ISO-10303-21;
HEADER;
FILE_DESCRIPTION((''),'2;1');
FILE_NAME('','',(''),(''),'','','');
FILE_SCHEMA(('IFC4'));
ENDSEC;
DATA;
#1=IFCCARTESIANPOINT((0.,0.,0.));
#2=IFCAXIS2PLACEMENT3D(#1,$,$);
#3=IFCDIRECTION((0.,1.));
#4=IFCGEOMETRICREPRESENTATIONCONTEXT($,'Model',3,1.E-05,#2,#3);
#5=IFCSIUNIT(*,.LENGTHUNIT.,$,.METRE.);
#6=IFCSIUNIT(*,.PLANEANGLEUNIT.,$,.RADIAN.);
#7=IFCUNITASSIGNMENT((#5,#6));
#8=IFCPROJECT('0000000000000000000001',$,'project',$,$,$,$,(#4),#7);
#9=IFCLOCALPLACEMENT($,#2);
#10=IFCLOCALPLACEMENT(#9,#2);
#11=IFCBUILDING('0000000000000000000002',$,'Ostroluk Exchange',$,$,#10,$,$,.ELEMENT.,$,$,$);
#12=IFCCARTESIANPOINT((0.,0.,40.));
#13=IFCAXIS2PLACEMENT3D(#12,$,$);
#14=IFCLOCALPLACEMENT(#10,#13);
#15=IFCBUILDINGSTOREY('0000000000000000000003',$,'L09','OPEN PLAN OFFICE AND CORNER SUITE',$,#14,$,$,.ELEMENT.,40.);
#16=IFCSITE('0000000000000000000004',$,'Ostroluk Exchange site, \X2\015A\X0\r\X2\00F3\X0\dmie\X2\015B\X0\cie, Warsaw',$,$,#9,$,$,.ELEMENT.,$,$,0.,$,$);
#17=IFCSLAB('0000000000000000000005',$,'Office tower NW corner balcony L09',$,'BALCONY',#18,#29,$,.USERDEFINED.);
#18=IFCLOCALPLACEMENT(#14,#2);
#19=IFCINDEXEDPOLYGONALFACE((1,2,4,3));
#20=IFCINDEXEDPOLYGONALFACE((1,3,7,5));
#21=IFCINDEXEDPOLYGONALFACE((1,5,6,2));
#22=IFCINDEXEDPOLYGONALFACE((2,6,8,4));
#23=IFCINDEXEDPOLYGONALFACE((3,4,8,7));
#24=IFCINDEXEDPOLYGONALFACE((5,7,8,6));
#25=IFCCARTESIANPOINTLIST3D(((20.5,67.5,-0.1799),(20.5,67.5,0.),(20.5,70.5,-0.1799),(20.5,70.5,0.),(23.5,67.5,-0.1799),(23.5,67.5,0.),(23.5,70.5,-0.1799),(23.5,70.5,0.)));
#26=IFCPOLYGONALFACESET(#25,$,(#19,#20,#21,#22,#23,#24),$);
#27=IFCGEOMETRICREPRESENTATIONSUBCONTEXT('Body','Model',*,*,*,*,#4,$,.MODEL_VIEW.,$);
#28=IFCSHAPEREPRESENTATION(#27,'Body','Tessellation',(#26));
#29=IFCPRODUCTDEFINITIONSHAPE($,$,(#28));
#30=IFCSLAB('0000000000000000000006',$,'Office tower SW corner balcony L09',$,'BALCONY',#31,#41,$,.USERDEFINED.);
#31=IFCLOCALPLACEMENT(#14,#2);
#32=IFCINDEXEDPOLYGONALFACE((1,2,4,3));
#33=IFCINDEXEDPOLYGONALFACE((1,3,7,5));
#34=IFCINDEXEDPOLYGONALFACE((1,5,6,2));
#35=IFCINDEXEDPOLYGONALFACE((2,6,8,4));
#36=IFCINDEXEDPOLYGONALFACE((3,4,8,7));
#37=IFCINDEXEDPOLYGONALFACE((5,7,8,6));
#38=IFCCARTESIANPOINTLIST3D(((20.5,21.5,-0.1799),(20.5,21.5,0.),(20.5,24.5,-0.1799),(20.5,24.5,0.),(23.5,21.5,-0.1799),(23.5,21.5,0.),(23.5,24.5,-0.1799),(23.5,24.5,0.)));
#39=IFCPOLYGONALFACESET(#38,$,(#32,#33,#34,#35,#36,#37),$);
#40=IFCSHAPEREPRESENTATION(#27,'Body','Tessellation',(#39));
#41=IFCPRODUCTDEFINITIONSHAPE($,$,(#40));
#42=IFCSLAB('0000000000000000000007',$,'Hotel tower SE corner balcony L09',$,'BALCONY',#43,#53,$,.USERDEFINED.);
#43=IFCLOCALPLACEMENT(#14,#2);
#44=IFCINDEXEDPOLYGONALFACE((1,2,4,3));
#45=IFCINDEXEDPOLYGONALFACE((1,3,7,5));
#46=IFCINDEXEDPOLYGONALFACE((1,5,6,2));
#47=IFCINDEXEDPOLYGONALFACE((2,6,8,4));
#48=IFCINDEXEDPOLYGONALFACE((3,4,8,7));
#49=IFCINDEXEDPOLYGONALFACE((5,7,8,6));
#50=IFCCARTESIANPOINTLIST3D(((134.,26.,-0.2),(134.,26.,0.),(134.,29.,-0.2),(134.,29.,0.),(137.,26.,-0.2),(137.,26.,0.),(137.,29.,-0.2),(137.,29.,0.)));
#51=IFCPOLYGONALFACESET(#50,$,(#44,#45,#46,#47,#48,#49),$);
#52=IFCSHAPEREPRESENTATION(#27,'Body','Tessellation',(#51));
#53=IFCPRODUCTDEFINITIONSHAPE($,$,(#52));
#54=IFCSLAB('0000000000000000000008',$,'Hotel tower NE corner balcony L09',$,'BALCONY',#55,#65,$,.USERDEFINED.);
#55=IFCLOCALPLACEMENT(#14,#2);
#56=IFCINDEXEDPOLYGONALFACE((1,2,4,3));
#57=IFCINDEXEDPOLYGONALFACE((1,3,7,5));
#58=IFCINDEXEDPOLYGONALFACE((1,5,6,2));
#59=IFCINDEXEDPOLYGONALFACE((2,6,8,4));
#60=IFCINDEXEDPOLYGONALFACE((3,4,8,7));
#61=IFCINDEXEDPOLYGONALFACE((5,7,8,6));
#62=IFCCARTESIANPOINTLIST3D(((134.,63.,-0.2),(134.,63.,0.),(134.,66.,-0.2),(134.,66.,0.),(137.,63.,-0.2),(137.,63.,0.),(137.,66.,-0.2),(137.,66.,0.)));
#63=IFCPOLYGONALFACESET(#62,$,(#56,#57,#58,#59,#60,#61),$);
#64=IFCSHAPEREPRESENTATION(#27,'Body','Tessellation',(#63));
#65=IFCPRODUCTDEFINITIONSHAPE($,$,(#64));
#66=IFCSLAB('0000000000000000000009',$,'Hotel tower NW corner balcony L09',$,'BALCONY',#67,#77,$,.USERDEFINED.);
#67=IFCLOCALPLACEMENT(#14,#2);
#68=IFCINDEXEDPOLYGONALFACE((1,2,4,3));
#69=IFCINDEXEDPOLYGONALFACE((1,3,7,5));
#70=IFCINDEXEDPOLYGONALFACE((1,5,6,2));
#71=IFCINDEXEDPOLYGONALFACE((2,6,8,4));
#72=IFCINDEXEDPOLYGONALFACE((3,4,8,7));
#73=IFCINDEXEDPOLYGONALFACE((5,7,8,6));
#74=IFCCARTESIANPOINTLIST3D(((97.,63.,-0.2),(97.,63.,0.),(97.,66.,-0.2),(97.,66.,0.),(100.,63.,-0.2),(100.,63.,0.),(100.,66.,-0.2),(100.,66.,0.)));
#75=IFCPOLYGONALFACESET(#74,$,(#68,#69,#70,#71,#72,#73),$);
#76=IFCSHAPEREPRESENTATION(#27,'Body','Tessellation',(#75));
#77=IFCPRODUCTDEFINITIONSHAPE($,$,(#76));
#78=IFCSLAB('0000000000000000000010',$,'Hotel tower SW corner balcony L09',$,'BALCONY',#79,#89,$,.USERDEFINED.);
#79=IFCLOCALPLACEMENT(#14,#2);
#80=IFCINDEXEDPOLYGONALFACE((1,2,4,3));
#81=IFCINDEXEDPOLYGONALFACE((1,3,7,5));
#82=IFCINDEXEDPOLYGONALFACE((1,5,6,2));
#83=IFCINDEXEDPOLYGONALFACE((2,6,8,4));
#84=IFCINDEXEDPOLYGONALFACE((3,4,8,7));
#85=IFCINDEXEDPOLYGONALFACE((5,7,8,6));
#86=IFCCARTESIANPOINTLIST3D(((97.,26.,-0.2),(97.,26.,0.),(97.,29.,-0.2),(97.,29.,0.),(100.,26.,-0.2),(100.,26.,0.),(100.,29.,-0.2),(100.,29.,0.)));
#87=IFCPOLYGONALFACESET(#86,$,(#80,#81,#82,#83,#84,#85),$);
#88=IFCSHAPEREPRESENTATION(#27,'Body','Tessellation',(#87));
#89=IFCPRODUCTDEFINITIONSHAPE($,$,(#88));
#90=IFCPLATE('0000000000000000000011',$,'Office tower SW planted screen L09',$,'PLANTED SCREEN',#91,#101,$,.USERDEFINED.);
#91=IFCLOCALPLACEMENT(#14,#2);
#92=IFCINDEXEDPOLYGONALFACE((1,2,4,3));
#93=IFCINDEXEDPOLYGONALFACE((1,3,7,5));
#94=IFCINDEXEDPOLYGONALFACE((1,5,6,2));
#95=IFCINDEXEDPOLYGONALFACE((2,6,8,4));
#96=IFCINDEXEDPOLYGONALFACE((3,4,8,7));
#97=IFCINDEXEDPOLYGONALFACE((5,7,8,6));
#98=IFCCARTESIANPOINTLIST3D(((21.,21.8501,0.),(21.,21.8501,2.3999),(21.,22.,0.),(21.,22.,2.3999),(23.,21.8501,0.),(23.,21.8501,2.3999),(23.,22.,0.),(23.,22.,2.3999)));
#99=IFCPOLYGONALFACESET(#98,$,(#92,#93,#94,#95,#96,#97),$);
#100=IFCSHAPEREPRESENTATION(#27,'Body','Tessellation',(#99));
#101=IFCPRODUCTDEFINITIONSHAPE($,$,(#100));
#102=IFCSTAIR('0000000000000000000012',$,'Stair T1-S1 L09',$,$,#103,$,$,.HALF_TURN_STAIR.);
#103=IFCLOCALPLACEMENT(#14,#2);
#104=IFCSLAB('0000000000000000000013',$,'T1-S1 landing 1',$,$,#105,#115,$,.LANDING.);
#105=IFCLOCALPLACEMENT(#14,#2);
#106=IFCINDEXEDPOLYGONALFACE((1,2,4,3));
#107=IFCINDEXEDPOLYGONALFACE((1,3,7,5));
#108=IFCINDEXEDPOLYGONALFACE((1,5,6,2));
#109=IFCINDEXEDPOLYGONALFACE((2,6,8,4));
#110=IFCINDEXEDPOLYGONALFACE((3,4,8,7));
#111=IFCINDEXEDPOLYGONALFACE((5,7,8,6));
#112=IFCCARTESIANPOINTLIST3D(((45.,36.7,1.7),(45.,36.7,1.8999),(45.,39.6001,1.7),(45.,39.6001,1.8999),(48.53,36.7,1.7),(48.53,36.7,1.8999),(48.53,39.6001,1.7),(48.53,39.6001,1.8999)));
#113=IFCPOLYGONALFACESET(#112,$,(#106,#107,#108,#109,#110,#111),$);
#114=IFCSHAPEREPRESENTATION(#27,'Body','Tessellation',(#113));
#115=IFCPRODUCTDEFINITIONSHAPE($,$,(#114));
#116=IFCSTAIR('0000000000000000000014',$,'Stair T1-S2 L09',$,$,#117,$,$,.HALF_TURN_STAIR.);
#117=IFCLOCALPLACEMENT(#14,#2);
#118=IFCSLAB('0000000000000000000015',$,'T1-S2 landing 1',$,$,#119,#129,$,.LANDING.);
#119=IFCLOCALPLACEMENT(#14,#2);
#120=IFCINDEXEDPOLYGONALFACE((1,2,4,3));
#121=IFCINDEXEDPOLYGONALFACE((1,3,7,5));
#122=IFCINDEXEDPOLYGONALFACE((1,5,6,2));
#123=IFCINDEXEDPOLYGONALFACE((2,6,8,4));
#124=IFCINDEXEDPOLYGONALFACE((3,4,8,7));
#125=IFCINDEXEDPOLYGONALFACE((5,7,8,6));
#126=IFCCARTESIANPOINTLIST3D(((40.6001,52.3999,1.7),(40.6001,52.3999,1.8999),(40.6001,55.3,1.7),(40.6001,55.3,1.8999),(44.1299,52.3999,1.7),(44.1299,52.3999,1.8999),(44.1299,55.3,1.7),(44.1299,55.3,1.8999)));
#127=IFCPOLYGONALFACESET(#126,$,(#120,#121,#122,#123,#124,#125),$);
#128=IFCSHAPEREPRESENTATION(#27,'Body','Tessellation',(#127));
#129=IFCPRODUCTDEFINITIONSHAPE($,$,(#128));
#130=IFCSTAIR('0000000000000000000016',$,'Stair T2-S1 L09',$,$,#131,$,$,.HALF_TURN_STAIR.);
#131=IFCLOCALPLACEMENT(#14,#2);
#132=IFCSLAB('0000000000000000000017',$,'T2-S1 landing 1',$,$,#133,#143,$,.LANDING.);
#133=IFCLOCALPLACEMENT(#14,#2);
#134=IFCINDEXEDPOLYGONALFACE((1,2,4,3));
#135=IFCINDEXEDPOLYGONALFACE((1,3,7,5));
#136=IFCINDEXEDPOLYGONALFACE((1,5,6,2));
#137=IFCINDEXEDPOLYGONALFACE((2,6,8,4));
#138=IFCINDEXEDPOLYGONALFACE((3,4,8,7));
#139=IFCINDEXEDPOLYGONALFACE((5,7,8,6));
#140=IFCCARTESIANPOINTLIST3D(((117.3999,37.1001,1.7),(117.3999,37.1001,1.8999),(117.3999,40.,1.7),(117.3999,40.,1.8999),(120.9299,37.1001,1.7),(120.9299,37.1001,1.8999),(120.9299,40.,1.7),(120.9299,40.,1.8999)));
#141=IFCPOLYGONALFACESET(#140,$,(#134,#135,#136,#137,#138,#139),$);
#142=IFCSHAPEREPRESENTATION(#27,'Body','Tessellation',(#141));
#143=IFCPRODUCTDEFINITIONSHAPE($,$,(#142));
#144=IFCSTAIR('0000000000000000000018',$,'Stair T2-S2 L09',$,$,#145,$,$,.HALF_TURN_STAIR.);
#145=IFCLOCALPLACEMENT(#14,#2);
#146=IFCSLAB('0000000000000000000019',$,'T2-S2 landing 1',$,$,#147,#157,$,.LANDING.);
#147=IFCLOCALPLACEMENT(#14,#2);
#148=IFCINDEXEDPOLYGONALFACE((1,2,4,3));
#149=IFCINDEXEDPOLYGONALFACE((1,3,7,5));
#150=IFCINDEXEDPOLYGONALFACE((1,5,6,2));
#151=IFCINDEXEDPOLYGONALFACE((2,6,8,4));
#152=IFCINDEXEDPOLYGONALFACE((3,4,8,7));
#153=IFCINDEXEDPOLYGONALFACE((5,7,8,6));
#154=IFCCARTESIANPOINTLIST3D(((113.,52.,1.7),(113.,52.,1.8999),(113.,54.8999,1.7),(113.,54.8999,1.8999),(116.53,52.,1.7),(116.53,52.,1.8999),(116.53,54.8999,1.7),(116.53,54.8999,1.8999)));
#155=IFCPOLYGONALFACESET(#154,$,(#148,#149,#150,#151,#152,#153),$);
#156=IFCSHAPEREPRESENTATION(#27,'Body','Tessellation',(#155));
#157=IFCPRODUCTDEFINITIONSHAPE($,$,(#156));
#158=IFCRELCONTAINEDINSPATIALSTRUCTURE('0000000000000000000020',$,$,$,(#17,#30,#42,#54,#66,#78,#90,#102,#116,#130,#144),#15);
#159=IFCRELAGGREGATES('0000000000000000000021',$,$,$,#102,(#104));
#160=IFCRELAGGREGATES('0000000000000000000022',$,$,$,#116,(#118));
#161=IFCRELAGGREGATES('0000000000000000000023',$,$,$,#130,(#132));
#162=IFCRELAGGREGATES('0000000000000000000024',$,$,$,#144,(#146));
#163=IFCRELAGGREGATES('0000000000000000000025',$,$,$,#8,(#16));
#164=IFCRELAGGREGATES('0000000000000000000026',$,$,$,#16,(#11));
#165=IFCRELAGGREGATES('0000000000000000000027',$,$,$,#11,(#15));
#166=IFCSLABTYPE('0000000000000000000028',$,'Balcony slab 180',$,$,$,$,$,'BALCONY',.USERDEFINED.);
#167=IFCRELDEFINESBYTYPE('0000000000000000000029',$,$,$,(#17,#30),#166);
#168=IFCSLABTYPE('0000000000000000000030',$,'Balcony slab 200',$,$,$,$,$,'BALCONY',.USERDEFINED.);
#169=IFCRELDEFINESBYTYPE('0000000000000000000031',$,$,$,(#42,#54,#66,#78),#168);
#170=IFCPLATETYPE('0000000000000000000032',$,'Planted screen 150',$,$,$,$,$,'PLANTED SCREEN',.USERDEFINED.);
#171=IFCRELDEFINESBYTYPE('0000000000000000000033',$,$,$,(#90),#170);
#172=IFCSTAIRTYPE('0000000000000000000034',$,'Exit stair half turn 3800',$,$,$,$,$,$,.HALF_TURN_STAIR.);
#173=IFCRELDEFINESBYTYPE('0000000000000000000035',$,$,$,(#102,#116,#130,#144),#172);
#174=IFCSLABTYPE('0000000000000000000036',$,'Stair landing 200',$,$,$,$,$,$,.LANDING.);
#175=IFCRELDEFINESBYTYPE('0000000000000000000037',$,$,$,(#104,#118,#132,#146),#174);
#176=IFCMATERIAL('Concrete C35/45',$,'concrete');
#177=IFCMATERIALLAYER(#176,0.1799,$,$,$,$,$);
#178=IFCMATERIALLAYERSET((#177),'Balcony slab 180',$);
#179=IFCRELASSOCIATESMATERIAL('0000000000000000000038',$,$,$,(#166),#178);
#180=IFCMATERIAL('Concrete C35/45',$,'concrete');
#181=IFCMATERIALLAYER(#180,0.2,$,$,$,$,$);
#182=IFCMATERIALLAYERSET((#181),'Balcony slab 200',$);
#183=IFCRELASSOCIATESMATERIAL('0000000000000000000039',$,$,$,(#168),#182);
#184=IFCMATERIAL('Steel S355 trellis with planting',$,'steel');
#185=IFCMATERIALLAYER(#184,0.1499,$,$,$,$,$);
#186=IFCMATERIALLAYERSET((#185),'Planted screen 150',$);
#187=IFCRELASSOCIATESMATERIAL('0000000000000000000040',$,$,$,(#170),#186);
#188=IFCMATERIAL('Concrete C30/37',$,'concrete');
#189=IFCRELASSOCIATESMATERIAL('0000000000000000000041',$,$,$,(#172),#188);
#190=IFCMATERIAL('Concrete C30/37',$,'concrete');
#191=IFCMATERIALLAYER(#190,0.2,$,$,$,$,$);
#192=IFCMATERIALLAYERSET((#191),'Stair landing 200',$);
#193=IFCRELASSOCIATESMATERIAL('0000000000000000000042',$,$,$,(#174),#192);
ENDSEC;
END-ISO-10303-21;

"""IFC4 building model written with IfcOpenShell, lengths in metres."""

from ifc_helpers import new_model, si_unit, direction, frame, origin, origin_2d, place, context, subcontext, project, spatial, polyline, rectangle, outline, extrude, material, layer, layer_set, type_object, element, aggregate, save


model = new_model("IFC4")

# Units and contexts
model_context = context("Model", 3, precision=1e-05, world=origin(), true_north=direction((0.0, 1.0)))
body_context = subcontext(model_context, "Body", "Model", "MODEL_VIEW")
ifc_project = project(units=[si_unit("LENGTHUNIT", "METRE"), si_unit("PLANEANGLEUNIT", "RADIAN")], contexts=[model_context])

# Site, building, storey
site_placement = place(None, origin())
site = spatial("IfcSite", under=ifc_project, at=site_placement, Name="Ostroluk Exchange site, Śródmieście, Warsaw", CompositionType="ELEMENT", RefElevation=0.0)
building_placement = place(site_placement, origin())
building = spatial("IfcBuilding", under=site, at=building_placement, Name="Ostroluk Exchange", CompositionType="ELEMENT")
storey_placement = place(building_placement, frame((0.0, 0.0, 40.0)))
storey = spatial("IfcBuildingStorey", under=building, at=storey_placement, Name="L09", Description="OPEN PLAN OFFICE AND CORNER SUITE", CompositionType="ELEMENT", Elevation=40.0)

# Slabs
ifc_material_1 = material(Name="Concrete C35/45", Category="concrete")
ifc_layer_1 = layer(ifc_material_1, 0.1799)
ifc_layer_set_1 = layer_set([ifc_layer_1], Name="Balcony slab 180")
slab_type_1 = type_object("IfcSlabType", Name="Balcony slab 180", ElementType="BALCONY", PredefinedType="USERDEFINED", material=ifc_layer_set_1)
slab_1_placement = place(storey_placement, frame((0.0, 0.0, -0.1799)))
element("IfcSlab", 1, at=slab_1_placement, inside=storey, type_object=slab_type_1, Name="Office tower NW corner balcony L09", ObjectType="BALCONY", PredefinedType="USERDEFINED", context=body_context, shape_type="SweptSolid", body=[
    extrude(outline(polyline([(20.5, 67.5), (23.5, 67.5), (23.5, 70.5), (20.5, 70.5), (20.5, 67.5)])), origin(), (0.0, 0.0, 1.0), 0.1799),
])
slab_2_placement = place(storey_placement, frame((0.0, 0.0, -0.1799)))
element("IfcSlab", 2, at=slab_2_placement, inside=storey, type_object=slab_type_1, Name="Office tower SW corner balcony L09", ObjectType="BALCONY", PredefinedType="USERDEFINED", context=body_context, shape_type="SweptSolid", body=[
    extrude(outline(polyline([(20.5, 21.5), (23.5, 21.5), (23.5, 24.5), (20.5, 24.5), (20.5, 21.5)])), origin(), (0.0, 0.0, 1.0), 0.1799),
])
ifc_material_2 = material(Name="Concrete C35/45", Category="concrete")
ifc_layer_2 = layer(ifc_material_2, 0.2)
ifc_layer_set_2 = layer_set([ifc_layer_2], Name="Balcony slab 200")
slab_type_2 = type_object("IfcSlabType", Name="Balcony slab 200", ElementType="BALCONY", PredefinedType="USERDEFINED", material=ifc_layer_set_2)
slab_3_placement = place(storey_placement, frame((0.0, 0.0, -0.2)))
element("IfcSlab", 3, at=slab_3_placement, inside=storey, type_object=slab_type_2, Name="Hotel tower SE corner balcony L09", ObjectType="BALCONY", PredefinedType="USERDEFINED", context=body_context, shape_type="SweptSolid", body=[
    extrude(outline(polyline([(134.0, 26.0), (137.0, 26.0), (137.0, 29.0), (134.0, 29.0), (134.0, 26.0)])), origin(), (0.0, 0.0, 1.0), 0.2),
])
slab_4_placement = place(storey_placement, frame((0.0, 0.0, -0.2)))
element("IfcSlab", 4, at=slab_4_placement, inside=storey, type_object=slab_type_2, Name="Hotel tower NE corner balcony L09", ObjectType="BALCONY", PredefinedType="USERDEFINED", context=body_context, shape_type="SweptSolid", body=[
    extrude(outline(polyline([(134.0, 63.0), (137.0, 63.0), (137.0, 66.0), (134.0, 66.0), (134.0, 63.0)])), origin(), (0.0, 0.0, 1.0), 0.2),
])
slab_5_placement = place(storey_placement, frame((0.0, 0.0, -0.2)))
element("IfcSlab", 5, at=slab_5_placement, inside=storey, type_object=slab_type_2, Name="Hotel tower NW corner balcony L09", ObjectType="BALCONY", PredefinedType="USERDEFINED", context=body_context, shape_type="SweptSolid", body=[
    extrude(outline(polyline([(97.0, 63.0), (100.0, 63.0), (100.0, 66.0), (97.0, 66.0), (97.0, 63.0)])), origin(), (0.0, 0.0, 1.0), 0.2),
])
slab_6_placement = place(storey_placement, frame((0.0, 0.0, -0.2)))
element("IfcSlab", 6, at=slab_6_placement, inside=storey, type_object=slab_type_2, Name="Hotel tower SW corner balcony L09", ObjectType="BALCONY", PredefinedType="USERDEFINED", context=body_context, shape_type="SweptSolid", body=[
    extrude(outline(polyline([(97.0, 26.0), (100.0, 26.0), (100.0, 29.0), (97.0, 29.0), (97.0, 26.0)])), origin(), (0.0, 0.0, 1.0), 0.2),
])

# Plate
ifc_material_3 = material(Name="Steel S355 trellis with planting", Category="steel")
ifc_layer_3 = layer(ifc_material_3, 0.1499)
ifc_layer_set_3 = layer_set([ifc_layer_3], Name="Planted screen 150")
plate_type_1 = type_object("IfcPlateType", Name="Planted screen 150", ElementType="PLANTED SCREEN", PredefinedType="USERDEFINED", material=ifc_layer_set_3)
plate_1_placement = place(storey_placement, frame((22.0, 21.925, 0.0), z_axis=(0.0, 0.0, 1.0), x_axis=(1.0, 0.0, 0.0)))
element("IfcPlate", 7, at=plate_1_placement, inside=storey, type_object=plate_type_1, Name="Office tower SW planted screen L09", ObjectType="PLANTED SCREEN", PredefinedType="USERDEFINED", context=body_context, shape_type="SweptSolid", body=[
    extrude(rectangle(XDim=2.0, YDim=0.1499, at=origin_2d()), origin(), (0.0, 0.0, 1.0), 2.3999),
])

# Stairs, slabs
ifc_material_4 = material(Name="Concrete C30/37", Category="concrete")
stair_type = type_object("IfcStairType", Name="Exit stair half turn 3800", PredefinedType="HALF_TURN_STAIR", material=ifc_material_4)
stair_1_placement = place(storey_placement, origin())
stair_1 = element("IfcStair", 8, at=stair_1_placement, inside=storey, type_object=stair_type, Name="Stair T1-S1 L09", PredefinedType="HALF_TURN_STAIR")
ifc_material_5 = material(Name="Concrete C30/37", Category="concrete")
ifc_layer_4 = layer(ifc_material_5, 0.2)
ifc_layer_set_4 = layer_set([ifc_layer_4], Name="Stair landing 200")
slab_type_3 = type_object("IfcSlabType", Name="Stair landing 200", PredefinedType="LANDING", material=ifc_layer_set_4)
slab_7_placement = place(storey_placement, frame((0.0, 0.0, 1.7)))
slab_7 = element("IfcSlab", 9, at=slab_7_placement, type_object=slab_type_3, Name="T1-S1 landing 1", PredefinedType="LANDING", context=body_context, shape_type="SweptSolid", body=[
    extrude(outline(polyline([(45.0, 36.7), (45.0, 39.6001), (48.53, 39.6001), (48.53, 36.7), (45.0, 36.7)])), origin(), (0.0, 0.0, 1.0), 0.2),
])
aggregate(stair_1, [slab_7])
stair_2_placement = place(storey_placement, origin())
stair_2 = element("IfcStair", 10, at=stair_2_placement, inside=storey, type_object=stair_type, Name="Stair T1-S2 L09", PredefinedType="HALF_TURN_STAIR")
slab_8_placement = place(storey_placement, frame((0.0, 0.0, 1.7)))
slab_8 = element("IfcSlab", 11, at=slab_8_placement, type_object=slab_type_3, Name="T1-S2 landing 1", PredefinedType="LANDING", context=body_context, shape_type="SweptSolid", body=[
    extrude(outline(polyline([(44.1299, 52.3999), (44.1299, 55.3), (40.6001, 55.3), (40.6001, 52.3999), (44.1299, 52.3999)])), origin(), (0.0, 0.0, 1.0), 0.2),
])
aggregate(stair_2, [slab_8])
stair_3_placement = place(storey_placement, origin())
stair_3 = element("IfcStair", 12, at=stair_3_placement, inside=storey, type_object=stair_type, Name="Stair T2-S1 L09", PredefinedType="HALF_TURN_STAIR")
slab_9_placement = place(storey_placement, frame((0.0, 0.0, 1.7)))
slab_9 = element("IfcSlab", 13, at=slab_9_placement, type_object=slab_type_3, Name="T2-S1 landing 1", PredefinedType="LANDING", context=body_context, shape_type="SweptSolid", body=[
    extrude(outline(polyline([(117.3999, 37.1001), (117.3999, 40.0), (120.9299, 40.0), (120.9299, 37.1001), (117.3999, 37.1001)])), origin(), (0.0, 0.0, 1.0), 0.2),
])
aggregate(stair_3, [slab_9])
stair_4_placement = place(storey_placement, origin())
stair_4 = element("IfcStair", 14, at=stair_4_placement, inside=storey, type_object=stair_type, Name="Stair T2-S2 L09", PredefinedType="HALF_TURN_STAIR")
slab_10_placement = place(storey_placement, frame((0.0, 0.0, 1.7)))
slab_10 = element("IfcSlab", 15, at=slab_10_placement, type_object=slab_type_3, Name="T2-S2 landing 1", PredefinedType="LANDING", context=body_context, shape_type="SweptSolid", body=[
    extrude(outline(polyline([(116.53, 52.0), (116.53, 54.8999), (113.0, 54.8999), (113.0, 52.0), (116.53, 52.0)])), origin(), (0.0, 0.0, 1.0), 0.2),
])
aggregate(stair_4, [slab_10])

save(model, "model.ifc")
